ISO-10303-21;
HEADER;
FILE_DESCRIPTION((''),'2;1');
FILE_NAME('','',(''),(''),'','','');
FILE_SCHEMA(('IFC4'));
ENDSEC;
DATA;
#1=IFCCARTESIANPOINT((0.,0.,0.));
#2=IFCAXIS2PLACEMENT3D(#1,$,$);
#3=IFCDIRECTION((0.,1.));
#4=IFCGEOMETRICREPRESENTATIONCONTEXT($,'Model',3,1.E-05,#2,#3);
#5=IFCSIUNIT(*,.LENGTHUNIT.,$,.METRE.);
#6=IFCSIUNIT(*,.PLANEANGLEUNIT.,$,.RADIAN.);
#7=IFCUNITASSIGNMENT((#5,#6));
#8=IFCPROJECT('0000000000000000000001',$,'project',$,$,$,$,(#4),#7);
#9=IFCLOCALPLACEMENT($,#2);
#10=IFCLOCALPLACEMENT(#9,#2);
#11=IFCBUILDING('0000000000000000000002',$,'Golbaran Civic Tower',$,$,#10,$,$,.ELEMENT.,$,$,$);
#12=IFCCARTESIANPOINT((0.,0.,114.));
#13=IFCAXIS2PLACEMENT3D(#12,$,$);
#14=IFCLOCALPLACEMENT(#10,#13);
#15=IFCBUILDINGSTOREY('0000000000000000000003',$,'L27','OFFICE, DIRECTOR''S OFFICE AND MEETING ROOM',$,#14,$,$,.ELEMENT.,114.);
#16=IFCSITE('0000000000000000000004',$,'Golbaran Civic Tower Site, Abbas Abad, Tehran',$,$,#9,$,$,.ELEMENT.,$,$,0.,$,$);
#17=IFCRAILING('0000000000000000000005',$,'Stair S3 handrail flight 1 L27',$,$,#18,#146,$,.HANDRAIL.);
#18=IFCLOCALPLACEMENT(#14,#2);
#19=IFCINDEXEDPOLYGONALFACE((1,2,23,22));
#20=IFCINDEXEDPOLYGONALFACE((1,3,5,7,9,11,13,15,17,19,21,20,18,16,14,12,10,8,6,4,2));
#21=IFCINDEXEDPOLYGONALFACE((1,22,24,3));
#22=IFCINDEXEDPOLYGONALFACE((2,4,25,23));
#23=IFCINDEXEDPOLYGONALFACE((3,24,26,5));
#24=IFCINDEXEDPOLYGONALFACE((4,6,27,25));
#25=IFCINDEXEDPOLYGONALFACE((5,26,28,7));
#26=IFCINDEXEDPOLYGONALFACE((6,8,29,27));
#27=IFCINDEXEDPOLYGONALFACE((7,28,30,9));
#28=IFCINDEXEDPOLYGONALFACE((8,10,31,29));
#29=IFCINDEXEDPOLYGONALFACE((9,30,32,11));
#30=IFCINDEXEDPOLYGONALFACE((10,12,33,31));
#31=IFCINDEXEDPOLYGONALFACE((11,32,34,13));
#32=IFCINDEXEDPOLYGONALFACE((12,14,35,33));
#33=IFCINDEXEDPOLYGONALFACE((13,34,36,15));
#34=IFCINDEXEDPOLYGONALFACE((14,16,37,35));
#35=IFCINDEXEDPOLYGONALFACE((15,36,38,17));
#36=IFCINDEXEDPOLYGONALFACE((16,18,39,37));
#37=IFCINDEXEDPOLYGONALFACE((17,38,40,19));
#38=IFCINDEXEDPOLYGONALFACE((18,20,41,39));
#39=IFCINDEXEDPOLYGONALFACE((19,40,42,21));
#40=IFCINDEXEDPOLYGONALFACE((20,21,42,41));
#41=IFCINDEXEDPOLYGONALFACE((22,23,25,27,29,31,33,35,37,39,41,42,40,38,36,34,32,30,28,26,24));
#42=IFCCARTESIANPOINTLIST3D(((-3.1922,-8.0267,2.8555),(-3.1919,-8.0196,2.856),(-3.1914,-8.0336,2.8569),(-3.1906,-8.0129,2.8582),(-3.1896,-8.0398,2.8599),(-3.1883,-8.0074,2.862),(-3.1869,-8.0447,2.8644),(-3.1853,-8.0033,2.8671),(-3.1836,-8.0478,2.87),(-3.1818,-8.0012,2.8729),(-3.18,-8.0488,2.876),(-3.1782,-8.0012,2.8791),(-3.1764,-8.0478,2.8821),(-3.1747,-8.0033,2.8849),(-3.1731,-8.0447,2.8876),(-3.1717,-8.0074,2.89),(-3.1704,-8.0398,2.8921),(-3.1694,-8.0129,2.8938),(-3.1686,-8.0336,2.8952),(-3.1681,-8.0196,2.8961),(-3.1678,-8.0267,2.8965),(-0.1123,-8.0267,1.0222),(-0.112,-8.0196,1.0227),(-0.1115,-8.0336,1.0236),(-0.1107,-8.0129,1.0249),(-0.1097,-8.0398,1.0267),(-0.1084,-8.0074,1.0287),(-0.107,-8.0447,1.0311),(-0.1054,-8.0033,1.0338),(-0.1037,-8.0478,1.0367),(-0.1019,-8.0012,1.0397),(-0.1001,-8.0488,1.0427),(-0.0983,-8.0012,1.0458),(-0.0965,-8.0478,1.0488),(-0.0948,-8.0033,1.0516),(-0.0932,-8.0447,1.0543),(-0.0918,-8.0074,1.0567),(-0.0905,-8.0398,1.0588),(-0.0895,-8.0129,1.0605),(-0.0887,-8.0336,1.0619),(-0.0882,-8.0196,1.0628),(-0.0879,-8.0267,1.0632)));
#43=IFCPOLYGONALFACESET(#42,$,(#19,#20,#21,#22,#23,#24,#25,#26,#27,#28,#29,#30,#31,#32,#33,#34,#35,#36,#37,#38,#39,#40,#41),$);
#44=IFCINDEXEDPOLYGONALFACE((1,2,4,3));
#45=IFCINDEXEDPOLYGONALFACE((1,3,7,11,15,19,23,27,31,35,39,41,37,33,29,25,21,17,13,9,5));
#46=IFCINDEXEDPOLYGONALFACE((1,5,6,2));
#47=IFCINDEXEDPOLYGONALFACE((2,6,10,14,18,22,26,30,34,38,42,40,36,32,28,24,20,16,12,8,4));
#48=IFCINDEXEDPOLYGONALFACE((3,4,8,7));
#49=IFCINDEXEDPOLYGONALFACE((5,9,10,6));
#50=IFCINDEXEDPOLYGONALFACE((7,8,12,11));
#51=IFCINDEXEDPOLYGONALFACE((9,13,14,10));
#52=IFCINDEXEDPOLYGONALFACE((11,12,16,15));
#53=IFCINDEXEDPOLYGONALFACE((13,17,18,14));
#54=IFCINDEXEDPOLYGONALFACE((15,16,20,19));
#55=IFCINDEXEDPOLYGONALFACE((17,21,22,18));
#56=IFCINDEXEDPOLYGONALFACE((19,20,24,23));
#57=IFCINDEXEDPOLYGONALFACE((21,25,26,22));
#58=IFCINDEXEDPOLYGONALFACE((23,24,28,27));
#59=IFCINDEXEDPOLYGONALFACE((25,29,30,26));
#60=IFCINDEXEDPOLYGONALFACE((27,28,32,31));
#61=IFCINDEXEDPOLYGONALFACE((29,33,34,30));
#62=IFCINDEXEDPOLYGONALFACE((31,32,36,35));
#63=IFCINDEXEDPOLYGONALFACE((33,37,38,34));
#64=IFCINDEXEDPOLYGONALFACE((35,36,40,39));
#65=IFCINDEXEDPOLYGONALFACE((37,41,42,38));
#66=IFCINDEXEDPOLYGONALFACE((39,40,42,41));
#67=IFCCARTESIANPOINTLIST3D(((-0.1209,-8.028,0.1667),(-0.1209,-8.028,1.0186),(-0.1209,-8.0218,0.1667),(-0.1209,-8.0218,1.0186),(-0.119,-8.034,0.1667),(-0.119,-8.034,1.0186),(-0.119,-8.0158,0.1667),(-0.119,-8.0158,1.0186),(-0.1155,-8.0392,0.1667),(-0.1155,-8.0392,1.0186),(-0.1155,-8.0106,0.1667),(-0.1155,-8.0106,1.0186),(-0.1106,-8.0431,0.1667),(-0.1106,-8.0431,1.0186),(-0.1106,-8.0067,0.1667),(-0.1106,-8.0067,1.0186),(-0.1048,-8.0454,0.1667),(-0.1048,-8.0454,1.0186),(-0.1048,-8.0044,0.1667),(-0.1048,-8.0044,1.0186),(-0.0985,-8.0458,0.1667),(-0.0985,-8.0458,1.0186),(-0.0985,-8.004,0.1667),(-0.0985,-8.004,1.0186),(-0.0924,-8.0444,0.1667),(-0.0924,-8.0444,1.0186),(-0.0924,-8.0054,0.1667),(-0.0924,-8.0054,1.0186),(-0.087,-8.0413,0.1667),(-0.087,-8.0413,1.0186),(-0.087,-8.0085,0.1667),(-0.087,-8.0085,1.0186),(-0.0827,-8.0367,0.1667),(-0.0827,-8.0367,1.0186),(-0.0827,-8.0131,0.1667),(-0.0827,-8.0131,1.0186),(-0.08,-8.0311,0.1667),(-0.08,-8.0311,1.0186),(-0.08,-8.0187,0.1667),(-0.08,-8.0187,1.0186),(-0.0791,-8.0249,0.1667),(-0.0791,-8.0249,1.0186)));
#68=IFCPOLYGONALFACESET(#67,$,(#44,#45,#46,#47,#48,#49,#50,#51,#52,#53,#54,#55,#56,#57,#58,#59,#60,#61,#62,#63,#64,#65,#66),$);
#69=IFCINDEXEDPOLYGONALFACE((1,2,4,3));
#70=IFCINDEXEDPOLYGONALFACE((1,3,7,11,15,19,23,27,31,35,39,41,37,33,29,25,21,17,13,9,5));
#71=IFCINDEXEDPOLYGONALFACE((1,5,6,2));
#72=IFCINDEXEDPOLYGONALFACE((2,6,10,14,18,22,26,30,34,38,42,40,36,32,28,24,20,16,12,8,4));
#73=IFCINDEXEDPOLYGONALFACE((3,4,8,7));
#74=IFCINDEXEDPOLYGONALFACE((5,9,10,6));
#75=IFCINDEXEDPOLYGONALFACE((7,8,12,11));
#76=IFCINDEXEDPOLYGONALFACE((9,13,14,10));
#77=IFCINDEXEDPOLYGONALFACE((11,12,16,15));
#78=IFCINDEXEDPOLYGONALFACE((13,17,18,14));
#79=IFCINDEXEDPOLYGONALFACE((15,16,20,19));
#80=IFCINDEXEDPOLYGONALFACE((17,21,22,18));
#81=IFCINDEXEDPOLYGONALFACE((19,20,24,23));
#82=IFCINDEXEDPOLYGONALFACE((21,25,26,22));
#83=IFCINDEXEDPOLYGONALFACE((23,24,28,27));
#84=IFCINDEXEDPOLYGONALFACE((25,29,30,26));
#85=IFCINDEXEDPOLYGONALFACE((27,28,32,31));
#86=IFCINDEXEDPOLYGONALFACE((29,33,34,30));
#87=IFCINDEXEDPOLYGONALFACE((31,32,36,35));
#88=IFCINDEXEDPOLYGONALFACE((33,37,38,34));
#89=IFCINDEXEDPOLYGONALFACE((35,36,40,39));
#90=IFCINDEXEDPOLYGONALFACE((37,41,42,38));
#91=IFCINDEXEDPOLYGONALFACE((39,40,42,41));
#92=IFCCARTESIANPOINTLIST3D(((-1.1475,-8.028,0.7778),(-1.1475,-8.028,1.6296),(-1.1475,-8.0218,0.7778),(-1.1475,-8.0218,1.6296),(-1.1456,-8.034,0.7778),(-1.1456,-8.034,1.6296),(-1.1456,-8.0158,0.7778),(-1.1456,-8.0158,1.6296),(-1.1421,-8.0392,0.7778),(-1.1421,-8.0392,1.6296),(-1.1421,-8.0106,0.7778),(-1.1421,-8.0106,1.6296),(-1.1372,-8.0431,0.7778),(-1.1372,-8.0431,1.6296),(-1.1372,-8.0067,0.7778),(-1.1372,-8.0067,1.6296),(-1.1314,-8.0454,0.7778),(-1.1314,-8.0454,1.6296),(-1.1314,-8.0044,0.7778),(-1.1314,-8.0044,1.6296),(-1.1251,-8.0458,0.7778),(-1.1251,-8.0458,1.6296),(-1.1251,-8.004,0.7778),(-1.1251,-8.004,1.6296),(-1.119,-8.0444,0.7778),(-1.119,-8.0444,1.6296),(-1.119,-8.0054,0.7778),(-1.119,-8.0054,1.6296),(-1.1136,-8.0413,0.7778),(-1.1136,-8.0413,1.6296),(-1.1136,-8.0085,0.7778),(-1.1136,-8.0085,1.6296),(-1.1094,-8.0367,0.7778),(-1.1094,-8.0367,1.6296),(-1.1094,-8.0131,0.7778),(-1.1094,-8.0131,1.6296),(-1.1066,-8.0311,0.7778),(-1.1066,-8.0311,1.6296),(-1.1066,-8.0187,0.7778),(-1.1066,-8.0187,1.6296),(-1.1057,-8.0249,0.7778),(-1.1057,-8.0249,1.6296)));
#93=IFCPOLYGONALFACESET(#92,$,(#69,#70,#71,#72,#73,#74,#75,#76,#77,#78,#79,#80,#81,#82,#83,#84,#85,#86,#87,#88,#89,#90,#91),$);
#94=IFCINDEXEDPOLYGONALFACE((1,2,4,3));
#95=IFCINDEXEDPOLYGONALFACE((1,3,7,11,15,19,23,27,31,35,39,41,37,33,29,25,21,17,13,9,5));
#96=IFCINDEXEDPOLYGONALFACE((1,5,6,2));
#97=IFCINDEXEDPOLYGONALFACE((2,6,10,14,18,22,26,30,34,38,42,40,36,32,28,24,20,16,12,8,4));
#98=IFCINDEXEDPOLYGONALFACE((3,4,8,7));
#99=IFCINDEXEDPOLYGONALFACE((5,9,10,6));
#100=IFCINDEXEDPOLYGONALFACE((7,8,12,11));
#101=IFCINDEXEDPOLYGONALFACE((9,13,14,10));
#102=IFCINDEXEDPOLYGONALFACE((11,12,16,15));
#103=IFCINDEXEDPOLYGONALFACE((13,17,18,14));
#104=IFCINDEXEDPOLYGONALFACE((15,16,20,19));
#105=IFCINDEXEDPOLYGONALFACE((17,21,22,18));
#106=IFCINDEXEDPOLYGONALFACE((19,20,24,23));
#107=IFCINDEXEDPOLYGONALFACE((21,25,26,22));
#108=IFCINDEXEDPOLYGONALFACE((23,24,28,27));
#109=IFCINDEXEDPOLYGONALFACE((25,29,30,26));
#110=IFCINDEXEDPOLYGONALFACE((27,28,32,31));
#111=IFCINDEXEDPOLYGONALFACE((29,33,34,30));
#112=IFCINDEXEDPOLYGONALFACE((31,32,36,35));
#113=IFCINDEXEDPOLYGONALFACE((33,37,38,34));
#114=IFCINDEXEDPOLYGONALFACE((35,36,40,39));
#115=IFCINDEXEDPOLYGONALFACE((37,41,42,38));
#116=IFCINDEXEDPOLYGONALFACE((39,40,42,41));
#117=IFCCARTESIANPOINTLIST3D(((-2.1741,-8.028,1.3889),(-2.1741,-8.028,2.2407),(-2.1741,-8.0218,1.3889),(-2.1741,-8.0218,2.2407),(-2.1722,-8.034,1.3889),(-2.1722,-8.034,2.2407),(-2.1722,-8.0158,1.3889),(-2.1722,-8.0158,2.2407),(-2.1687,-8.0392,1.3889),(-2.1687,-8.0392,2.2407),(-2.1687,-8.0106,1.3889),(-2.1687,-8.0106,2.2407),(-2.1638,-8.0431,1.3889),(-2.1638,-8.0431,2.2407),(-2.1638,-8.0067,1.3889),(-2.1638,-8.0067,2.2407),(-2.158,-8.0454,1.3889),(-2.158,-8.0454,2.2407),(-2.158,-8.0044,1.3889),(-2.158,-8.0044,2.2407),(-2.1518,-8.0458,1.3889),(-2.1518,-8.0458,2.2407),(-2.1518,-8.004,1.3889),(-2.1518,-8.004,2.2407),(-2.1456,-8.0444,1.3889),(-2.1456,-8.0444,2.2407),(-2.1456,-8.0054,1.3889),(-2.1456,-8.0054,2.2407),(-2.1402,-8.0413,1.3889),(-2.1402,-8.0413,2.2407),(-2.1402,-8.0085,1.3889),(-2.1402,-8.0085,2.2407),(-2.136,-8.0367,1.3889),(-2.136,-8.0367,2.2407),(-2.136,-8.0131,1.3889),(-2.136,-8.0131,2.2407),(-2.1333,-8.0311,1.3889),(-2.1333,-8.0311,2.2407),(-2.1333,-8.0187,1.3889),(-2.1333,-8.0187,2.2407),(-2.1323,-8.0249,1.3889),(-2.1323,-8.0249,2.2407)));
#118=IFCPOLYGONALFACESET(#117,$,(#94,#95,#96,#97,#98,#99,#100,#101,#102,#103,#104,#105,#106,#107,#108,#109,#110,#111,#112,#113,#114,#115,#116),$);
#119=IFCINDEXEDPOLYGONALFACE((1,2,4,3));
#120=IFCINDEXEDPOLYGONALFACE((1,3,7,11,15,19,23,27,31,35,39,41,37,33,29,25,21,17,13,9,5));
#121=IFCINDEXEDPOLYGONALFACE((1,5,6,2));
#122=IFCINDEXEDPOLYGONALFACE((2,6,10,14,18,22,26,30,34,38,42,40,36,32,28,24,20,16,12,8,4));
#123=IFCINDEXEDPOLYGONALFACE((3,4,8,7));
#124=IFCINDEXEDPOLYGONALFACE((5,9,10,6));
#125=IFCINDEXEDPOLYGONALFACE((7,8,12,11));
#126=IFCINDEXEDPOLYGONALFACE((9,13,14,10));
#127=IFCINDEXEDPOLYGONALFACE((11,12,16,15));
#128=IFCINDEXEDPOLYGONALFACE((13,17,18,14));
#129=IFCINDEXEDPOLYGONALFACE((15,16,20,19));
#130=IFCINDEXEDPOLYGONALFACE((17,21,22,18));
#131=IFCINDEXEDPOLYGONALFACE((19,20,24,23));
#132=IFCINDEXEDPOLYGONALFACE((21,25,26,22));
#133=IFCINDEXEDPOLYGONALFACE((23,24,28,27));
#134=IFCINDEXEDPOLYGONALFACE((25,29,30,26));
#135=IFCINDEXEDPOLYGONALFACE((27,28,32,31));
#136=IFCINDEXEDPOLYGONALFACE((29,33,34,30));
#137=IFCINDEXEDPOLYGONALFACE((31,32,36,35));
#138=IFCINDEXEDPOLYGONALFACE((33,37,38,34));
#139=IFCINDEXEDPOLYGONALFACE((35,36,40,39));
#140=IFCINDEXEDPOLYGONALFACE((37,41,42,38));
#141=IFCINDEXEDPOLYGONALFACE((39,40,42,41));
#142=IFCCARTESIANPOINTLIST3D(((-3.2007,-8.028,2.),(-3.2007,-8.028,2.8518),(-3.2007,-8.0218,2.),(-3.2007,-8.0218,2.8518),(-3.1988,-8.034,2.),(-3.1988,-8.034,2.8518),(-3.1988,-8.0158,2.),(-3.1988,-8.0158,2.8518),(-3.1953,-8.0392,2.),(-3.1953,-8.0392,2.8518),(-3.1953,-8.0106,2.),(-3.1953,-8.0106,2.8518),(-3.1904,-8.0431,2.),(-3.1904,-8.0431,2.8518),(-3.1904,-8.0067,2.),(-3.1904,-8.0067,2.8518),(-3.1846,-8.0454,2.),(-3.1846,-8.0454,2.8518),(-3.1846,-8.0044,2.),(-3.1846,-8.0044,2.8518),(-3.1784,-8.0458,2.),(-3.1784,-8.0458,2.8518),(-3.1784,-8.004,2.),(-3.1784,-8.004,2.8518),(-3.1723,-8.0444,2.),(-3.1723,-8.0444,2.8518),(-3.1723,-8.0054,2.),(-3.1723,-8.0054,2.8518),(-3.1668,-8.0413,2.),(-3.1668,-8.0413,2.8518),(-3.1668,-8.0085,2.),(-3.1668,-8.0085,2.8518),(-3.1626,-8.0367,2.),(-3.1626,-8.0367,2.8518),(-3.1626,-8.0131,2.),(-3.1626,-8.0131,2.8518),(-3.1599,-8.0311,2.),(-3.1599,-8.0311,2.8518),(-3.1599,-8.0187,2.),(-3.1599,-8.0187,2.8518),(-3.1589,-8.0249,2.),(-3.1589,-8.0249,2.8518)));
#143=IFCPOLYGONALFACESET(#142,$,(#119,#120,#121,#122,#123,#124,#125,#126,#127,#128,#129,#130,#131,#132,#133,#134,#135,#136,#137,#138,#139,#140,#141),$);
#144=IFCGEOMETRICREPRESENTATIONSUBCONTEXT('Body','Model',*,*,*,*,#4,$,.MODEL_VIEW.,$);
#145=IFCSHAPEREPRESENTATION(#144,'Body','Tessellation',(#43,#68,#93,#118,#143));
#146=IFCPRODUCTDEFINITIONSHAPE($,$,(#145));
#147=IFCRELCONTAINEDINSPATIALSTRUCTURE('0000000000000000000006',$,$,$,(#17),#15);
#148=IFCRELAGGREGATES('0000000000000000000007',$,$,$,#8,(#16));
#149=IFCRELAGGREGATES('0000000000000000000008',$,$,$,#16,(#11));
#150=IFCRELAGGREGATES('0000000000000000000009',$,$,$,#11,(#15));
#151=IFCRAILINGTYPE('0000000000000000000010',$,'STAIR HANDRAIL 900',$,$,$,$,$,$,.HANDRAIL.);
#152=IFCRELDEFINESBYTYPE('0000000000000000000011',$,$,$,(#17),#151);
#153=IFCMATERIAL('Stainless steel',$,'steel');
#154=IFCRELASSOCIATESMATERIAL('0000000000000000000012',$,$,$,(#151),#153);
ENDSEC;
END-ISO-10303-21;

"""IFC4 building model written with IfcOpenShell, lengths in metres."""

from ifc_helpers import new_model, si_unit, direction, frame, origin, origin_2d, place, context, subcontext, project, spatial, circle, extrude, material, type_object, element, save


model = new_model("IFC4")

# Units and contexts
model_context = context("Model", 3, precision=1e-05, world=origin(), true_north=direction((0.0, 1.0)))
body_context = subcontext(model_context, "Body", "Model", "MODEL_VIEW")
ifc_project = project(units=[si_unit("LENGTHUNIT", "METRE"), si_unit("PLANEANGLEUNIT", "RADIAN")], contexts=[model_context])

# Site, building, storey
site_placement = place(None, origin())
site = spatial("IfcSite", under=ifc_project, at=site_placement, Name="Golbaran Civic Tower Site, Abbas Abad, Tehran", CompositionType="ELEMENT", RefElevation=0.0)
building_placement = place(site_placement, origin())
building = spatial("IfcBuilding", under=site, at=building_placement, Name="Golbaran Civic Tower", CompositionType="ELEMENT")
storey_placement = place(building_placement, frame((0.0, 0.0, 114.0)))
storey = spatial("IfcBuildingStorey", under=building, at=storey_placement, Name="L27", Description="OFFICE, DIRECTOR'S OFFICE AND MEETING ROOM", CompositionType="ELEMENT", Elevation=114.0)

# Shared definitions
ifc_material_1 = material(Name="Stainless steel", Category="steel")

# Railing
railing_type = type_object("IfcRailingType", Name="STAIR HANDRAIL 900", PredefinedType="HANDRAIL", material=ifc_material_1)
railing_1_placement = place(storey_placement, frame((-0.1001, -8.0249, 0.1667)))
element("IfcRailing", 1, at=railing_1_placement, inside=storey, type_object=railing_type, Name="Stair S3 handrail flight 1 L27", PredefinedType="HANDRAIL", context=body_context, shape_type="SweptSolid", body=[
    extrude(circle(Radius=0.0239, at=origin_2d()), frame((0.0, 0.0, 0.876), z_axis=(-0.859291, 0.0, 0.511487), x_axis=(0.0, -1.0, 0.0)), (0.0, 0.0, 1.0), 3.5842),
    extrude(circle(Radius=0.021, at=origin_2d()), origin(), (0.0, 0.0, 1.0), 0.8518),
    extrude(circle(Radius=0.021, at=origin_2d()), frame((-1.0266, 0.0, 0.6111)), (0.0, 0.0, 1.0), 0.8518),
    extrude(circle(Radius=0.021, at=origin_2d()), frame((-2.0532, 0.0, 1.2222)), (0.0, 0.0, 1.0), 0.8518),
    extrude(circle(Radius=0.021, at=origin_2d()), frame((-3.0798, 0.0, 1.8333)), (0.0, 0.0, 1.0), 0.8518),
])

save(model, "model.ifc")
